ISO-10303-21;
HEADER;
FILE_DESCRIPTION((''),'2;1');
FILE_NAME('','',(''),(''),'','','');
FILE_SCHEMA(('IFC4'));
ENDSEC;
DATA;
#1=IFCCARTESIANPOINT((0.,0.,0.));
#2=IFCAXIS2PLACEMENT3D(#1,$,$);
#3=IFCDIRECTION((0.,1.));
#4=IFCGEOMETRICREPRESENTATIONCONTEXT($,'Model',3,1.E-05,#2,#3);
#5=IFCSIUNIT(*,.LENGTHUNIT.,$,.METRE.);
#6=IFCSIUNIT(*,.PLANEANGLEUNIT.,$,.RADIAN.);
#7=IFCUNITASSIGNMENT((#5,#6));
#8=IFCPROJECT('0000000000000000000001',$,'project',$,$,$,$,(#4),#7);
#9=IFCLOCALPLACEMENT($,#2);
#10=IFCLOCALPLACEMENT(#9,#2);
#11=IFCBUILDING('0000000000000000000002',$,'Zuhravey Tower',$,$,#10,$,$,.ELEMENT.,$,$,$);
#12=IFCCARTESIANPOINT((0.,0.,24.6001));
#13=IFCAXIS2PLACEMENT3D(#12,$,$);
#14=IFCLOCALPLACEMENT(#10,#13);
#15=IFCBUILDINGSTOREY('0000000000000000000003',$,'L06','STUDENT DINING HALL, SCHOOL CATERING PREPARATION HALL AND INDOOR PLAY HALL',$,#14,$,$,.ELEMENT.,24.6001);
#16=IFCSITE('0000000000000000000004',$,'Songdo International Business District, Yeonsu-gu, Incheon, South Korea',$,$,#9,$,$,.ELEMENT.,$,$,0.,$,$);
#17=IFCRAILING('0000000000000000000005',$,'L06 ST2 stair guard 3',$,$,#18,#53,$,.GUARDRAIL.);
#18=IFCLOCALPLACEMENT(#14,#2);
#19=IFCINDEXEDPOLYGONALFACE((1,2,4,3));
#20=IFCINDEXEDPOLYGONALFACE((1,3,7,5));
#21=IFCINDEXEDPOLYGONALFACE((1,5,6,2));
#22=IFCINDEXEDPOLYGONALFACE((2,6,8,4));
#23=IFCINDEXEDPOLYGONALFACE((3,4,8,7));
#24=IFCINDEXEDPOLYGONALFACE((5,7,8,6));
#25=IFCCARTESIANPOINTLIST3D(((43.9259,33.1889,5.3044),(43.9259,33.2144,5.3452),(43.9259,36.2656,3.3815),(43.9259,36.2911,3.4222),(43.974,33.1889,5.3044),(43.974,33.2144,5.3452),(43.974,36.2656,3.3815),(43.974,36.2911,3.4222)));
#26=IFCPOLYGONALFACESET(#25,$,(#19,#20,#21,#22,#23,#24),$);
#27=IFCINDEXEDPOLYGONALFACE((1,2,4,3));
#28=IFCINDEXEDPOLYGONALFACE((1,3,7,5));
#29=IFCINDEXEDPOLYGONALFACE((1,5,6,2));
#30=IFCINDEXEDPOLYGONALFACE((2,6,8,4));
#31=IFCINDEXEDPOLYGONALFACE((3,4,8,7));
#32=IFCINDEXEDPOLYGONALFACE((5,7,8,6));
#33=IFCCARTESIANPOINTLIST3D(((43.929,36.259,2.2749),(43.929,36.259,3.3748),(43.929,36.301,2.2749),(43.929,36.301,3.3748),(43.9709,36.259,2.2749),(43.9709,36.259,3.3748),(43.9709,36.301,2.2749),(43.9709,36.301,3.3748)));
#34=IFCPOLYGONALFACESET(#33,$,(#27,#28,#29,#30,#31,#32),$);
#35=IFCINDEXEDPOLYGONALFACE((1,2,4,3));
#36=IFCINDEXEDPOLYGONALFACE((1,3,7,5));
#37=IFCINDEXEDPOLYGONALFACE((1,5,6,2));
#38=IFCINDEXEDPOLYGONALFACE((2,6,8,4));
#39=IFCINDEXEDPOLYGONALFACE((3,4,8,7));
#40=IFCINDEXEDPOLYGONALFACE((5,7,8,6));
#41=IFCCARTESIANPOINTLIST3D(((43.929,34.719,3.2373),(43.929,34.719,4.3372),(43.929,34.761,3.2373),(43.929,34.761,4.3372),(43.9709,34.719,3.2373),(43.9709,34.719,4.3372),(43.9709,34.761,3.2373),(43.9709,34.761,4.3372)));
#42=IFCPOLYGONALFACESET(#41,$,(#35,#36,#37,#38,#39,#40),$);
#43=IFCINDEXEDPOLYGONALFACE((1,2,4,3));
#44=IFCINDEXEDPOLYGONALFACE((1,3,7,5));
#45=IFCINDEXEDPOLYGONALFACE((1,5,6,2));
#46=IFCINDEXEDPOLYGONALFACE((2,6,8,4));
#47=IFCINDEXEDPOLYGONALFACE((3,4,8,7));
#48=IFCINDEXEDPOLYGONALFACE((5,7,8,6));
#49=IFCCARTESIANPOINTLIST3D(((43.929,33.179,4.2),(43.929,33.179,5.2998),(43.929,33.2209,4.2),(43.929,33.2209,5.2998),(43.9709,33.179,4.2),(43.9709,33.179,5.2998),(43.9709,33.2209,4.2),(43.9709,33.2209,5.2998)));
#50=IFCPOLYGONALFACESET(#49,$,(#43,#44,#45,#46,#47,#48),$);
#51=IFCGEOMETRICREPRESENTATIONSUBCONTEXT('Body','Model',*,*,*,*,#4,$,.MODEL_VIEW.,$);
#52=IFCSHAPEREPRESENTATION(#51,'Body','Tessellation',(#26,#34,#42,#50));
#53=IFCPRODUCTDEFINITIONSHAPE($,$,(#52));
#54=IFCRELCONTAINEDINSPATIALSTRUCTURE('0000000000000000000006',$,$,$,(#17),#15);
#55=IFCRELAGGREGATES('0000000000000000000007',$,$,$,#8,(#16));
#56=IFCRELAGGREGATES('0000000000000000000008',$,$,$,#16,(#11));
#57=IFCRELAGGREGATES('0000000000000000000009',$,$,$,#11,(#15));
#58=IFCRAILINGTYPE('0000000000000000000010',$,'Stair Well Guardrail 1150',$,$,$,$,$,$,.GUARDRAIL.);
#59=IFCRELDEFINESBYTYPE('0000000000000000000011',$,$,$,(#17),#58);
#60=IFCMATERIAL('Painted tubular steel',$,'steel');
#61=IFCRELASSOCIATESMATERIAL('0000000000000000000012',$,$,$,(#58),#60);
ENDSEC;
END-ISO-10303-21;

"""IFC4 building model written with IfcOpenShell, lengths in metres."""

from ifc_helpers import new_model, si_unit, direction, frame, origin, origin_2d, place, context, subcontext, project, spatial, rectangle, extrude, material, type_object, element, save


model = new_model("IFC4")

# Units and contexts
model_context = context("Model", 3, precision=1e-05, world=origin(), true_north=direction((0.0, 1.0)))
body_context = subcontext(model_context, "Body", "Model", "MODEL_VIEW")
ifc_project = project(units=[si_unit("LENGTHUNIT", "METRE"), si_unit("PLANEANGLEUNIT", "RADIAN")], contexts=[model_context])

# Site, building, storey
site_placement = place(None, origin())
site = spatial("IfcSite", under=ifc_project, at=site_placement, Name="Songdo International Business District, Yeonsu-gu, Incheon, South Korea", CompositionType="ELEMENT", RefElevation=0.0)
building_placement = place(site_placement, origin())
building = spatial("IfcBuilding", under=site, at=building_placement, Name="Zuhravey Tower", CompositionType="ELEMENT")
storey_placement = place(building_placement, frame((0.0, 0.0, 24.6001)))
storey = spatial("IfcBuildingStorey", under=building, at=storey_placement, Name="L06", Description="STUDENT DINING HALL, SCHOOL CATERING PREPARATION HALL AND INDOOR PLAY HALL", CompositionType="ELEMENT", Elevation=24.6001)

# Railing
ifc_material_1 = material(Name="Painted tubular steel", Category="steel")
railing_type_1 = type_object("IfcRailingType", Name="Stair Well Guardrail 1150", PredefinedType="GUARDRAIL", material=ifc_material_1)
railing_1_placement = place(storey_placement, frame((43.95, 36.28, 2.2749)))
element("IfcRailing", 1, at=railing_1_placement, inside=storey, type_object=railing_type_1, Name="L06 ST2 stair guard 3", PredefinedType="GUARDRAIL", context=body_context, shape_type="SweptSolid", body=[
    extrude(rectangle(XDim=0.0481, YDim=0.0481, at=origin_2d()), frame((0.0, -0.0017, 1.127), z_axis=(0.0, -0.847998, 0.529999), x_axis=(1.0, 0.0, 0.0)), (0.0, 0.0, 1.0), 3.6282),
    extrude(rectangle(XDim=0.042, YDim=0.042, at=origin_2d()), origin(), (0.0, 0.0, 1.0), 1.0999),
    extrude(rectangle(XDim=0.042, YDim=0.042, at=origin_2d()), frame((0.0, -1.54, 0.9624)), (0.0, 0.0, 1.0), 1.0999),
    extrude(rectangle(XDim=0.042, YDim=0.042, at=origin_2d()), frame((0.0, -3.0801, 1.925)), (0.0, 0.0, 1.0), 1.0999),
])

save(model, "model.ifc")
